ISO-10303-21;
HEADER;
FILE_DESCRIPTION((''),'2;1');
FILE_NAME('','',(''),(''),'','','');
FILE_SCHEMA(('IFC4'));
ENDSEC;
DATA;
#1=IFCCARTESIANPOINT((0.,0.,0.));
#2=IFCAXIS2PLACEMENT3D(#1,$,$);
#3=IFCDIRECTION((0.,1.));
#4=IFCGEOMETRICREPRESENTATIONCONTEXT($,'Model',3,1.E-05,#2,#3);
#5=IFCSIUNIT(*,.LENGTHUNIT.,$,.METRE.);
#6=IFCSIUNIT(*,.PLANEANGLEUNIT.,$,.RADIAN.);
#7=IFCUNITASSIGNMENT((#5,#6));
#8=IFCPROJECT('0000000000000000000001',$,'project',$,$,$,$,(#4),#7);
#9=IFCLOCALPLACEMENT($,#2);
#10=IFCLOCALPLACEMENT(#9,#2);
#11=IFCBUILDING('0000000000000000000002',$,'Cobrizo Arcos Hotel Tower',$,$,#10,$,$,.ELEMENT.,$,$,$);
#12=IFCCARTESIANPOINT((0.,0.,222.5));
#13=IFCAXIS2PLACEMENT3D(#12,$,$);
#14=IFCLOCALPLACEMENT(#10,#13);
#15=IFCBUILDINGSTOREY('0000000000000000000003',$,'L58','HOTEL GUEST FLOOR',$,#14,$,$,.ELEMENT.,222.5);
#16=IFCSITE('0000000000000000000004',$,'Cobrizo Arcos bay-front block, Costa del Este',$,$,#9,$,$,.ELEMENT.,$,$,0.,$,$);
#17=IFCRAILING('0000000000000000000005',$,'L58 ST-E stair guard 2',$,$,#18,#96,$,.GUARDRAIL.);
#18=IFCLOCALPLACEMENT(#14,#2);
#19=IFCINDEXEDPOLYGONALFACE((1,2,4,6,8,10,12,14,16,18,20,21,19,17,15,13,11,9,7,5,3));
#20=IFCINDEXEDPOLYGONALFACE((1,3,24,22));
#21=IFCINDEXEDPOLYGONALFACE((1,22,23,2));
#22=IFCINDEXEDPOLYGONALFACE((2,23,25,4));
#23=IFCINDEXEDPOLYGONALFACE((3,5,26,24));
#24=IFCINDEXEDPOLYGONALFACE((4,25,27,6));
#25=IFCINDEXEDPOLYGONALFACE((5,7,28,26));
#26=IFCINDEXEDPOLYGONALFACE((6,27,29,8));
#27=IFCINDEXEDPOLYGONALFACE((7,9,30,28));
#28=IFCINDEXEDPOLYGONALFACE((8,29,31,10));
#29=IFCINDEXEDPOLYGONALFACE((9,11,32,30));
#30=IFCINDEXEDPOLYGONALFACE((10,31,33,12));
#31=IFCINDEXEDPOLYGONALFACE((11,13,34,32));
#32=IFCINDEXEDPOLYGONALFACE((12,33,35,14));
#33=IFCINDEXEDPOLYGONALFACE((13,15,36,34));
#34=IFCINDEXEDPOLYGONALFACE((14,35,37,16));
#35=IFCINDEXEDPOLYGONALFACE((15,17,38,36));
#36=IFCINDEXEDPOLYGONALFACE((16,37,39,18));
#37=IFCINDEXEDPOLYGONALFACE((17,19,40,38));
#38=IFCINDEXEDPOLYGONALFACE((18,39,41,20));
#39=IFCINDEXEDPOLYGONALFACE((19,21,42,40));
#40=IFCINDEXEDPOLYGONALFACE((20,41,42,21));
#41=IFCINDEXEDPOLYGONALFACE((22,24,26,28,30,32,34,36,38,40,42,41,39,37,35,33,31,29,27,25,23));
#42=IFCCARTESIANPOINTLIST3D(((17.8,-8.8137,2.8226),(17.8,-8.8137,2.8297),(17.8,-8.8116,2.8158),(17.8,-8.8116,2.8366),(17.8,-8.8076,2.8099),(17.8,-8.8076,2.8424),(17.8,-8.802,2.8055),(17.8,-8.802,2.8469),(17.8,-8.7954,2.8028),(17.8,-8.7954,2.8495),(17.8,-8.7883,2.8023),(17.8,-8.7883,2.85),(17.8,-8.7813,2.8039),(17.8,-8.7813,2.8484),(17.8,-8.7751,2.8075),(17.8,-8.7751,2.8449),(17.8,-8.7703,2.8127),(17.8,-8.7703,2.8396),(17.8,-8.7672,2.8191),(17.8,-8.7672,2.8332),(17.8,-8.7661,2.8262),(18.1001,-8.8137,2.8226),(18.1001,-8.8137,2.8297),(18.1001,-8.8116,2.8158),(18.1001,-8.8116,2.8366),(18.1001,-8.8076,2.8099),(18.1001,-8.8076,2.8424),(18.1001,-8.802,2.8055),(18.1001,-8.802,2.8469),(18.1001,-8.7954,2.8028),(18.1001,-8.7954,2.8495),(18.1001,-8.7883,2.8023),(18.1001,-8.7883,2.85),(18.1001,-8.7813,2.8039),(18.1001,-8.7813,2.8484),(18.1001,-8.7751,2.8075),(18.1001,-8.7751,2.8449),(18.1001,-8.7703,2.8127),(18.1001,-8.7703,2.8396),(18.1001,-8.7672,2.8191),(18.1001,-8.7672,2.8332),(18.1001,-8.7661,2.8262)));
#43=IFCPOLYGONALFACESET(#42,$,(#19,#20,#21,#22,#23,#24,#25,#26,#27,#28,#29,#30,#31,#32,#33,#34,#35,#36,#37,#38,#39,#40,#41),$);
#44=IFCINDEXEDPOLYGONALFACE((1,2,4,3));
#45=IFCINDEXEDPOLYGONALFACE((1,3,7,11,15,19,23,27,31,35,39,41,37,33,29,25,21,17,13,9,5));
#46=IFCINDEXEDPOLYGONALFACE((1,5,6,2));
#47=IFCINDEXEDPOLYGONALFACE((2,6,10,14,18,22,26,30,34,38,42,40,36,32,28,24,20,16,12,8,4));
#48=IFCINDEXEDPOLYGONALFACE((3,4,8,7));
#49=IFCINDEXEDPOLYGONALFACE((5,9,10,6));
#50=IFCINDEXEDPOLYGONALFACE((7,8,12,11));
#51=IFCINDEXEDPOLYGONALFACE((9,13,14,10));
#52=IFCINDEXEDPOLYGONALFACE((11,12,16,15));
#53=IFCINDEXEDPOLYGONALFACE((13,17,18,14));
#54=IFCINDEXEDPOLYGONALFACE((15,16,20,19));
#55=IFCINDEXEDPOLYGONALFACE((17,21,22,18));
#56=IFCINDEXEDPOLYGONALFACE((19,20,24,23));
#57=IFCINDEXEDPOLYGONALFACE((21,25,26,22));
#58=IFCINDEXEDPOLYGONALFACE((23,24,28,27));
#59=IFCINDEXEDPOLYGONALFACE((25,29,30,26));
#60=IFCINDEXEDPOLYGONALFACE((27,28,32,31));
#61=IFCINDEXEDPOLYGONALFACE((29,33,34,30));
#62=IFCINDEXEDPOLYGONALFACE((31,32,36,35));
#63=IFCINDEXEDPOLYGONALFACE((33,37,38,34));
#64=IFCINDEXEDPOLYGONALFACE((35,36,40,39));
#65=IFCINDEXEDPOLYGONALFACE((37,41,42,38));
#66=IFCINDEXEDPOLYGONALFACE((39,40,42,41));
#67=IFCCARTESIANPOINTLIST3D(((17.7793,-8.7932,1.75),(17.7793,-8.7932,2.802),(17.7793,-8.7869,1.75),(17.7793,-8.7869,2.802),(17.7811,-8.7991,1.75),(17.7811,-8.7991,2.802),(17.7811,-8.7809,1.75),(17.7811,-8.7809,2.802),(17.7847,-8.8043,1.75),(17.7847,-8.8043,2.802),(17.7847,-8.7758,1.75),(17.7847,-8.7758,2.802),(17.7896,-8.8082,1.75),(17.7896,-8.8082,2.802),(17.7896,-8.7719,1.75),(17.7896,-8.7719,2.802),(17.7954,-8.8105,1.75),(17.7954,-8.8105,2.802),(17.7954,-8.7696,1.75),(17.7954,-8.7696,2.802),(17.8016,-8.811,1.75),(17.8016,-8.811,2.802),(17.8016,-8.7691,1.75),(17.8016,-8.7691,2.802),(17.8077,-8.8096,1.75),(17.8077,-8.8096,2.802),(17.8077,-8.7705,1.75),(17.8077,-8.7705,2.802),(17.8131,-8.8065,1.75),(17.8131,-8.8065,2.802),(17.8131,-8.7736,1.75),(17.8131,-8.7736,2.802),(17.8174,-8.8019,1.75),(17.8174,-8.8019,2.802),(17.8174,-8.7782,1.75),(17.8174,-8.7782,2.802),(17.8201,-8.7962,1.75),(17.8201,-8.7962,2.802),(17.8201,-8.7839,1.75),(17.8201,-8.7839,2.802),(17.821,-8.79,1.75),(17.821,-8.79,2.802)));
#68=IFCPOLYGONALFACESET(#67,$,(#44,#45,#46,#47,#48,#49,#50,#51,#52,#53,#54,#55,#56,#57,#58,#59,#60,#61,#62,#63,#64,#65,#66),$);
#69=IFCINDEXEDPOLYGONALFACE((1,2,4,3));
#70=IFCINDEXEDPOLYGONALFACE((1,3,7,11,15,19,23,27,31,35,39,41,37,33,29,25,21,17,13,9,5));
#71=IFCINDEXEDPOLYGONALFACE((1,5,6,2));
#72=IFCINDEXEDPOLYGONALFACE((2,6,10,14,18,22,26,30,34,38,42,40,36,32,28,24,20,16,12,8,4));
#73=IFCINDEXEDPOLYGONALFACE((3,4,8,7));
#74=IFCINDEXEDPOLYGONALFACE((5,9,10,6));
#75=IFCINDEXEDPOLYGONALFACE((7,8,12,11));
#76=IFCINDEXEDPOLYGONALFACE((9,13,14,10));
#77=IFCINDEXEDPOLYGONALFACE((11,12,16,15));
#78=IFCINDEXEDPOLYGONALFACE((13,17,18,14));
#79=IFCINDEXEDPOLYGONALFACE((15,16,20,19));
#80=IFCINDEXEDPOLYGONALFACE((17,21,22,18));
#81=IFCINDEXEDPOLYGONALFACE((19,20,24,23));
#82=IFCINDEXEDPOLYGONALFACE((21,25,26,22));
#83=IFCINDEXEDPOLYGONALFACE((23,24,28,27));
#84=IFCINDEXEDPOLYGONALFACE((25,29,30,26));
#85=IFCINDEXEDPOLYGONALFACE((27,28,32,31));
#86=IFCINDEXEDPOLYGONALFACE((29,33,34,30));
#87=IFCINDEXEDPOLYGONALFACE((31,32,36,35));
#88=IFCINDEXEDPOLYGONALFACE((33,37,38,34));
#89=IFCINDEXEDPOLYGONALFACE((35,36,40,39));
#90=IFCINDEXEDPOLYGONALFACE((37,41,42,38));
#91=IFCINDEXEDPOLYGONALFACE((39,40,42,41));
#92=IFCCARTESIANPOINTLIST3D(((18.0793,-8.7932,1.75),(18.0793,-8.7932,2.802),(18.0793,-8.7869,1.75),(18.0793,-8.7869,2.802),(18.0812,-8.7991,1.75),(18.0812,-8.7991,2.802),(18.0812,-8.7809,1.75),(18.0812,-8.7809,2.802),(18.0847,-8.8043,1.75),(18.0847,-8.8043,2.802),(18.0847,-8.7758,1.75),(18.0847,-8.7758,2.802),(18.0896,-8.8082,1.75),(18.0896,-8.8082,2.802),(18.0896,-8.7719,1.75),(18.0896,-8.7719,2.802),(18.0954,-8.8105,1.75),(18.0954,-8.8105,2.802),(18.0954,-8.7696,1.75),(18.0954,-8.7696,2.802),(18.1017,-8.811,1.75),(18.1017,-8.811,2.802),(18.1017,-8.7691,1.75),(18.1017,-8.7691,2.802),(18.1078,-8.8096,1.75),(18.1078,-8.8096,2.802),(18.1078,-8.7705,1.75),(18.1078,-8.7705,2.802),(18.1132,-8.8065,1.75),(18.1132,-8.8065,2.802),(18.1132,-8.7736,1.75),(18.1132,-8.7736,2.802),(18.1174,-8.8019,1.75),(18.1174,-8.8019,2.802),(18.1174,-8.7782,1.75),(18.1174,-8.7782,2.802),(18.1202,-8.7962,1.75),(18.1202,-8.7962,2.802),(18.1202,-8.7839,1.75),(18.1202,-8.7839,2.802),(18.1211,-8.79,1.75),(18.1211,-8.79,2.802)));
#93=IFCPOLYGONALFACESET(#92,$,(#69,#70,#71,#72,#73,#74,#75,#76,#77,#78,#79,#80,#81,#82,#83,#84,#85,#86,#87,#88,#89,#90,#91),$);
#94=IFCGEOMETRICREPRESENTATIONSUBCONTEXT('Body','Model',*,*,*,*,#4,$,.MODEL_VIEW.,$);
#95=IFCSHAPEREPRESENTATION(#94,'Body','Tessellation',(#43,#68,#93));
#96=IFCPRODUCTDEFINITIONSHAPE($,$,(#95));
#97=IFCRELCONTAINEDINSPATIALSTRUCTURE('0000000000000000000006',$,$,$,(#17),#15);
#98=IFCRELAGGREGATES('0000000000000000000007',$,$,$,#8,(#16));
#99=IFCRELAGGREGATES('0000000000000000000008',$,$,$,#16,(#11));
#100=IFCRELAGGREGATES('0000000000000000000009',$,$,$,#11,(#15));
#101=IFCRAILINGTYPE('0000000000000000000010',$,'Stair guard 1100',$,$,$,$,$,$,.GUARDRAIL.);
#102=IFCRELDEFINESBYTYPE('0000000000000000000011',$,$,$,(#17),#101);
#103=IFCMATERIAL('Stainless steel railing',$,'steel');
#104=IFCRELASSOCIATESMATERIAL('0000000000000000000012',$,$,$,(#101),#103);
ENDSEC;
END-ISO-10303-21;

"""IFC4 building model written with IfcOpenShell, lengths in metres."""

from ifc_helpers import new_model, si_unit, direction, frame, origin, origin_2d, place, context, subcontext, project, spatial, circle, extrude, material, type_object, element, save


model = new_model("IFC4")

# Units and contexts
model_context = context("Model", 3, precision=1e-05, world=origin(), true_north=direction((0.0, 1.0)))
body_context = subcontext(model_context, "Body", "Model", "MODEL_VIEW")
ifc_project = project(units=[si_unit("LENGTHUNIT", "METRE"), si_unit("PLANEANGLEUNIT", "RADIAN")], contexts=[model_context])

# Site, building, storey
site_placement = place(None, origin())
site = spatial("IfcSite", under=ifc_project, at=site_placement, Name="Cobrizo Arcos bay-front block, Costa del Este", CompositionType="ELEMENT", RefElevation=0.0)
building_placement = place(site_placement, origin())
building = spatial("IfcBuilding", under=site, at=building_placement, Name="Cobrizo Arcos Hotel Tower", CompositionType="ELEMENT")
storey_placement = place(building_placement, frame((0.0, 0.0, 222.5)))
storey = spatial("IfcBuildingStorey", under=building, at=storey_placement, Name="L58", Description="HOTEL GUEST FLOOR", CompositionType="ELEMENT", Elevation=222.5)

# Railing
ifc_material_1 = material(Name="Stainless steel railing", Category="steel")
railing_type_1 = type_object("IfcRailingType", Name="Stair guard 1100", PredefinedType="GUARDRAIL", material=ifc_material_1)
railing_1_placement = place(storey_placement, frame((17.8, -8.79, 1.75)))
element("IfcRailing", 1, at=railing_1_placement, inside=storey, type_object=railing_type_1, Name="L58 ST-E stair guard 2", PredefinedType="GUARDRAIL", context=body_context, shape_type="SweptSolid", body=[
    extrude(circle(Radius=0.0239, at=origin_2d()), frame((0.0, 0.0, 1.0762), z_axis=(1.0, 0.0, 0.0), x_axis=(0.0, 1.0, 0.0)), (0.0, 0.0, 1.0), 0.3),
    extrude(circle(Radius=0.021, at=origin_2d()), origin(), (0.0, 0.0, 1.0), 1.052),
    extrude(circle(Radius=0.021, at=origin_2d()), frame((0.3, 0.0, 0.0)), (0.0, 0.0, 1.0), 1.052),
])

save(model, "model.ifc")
